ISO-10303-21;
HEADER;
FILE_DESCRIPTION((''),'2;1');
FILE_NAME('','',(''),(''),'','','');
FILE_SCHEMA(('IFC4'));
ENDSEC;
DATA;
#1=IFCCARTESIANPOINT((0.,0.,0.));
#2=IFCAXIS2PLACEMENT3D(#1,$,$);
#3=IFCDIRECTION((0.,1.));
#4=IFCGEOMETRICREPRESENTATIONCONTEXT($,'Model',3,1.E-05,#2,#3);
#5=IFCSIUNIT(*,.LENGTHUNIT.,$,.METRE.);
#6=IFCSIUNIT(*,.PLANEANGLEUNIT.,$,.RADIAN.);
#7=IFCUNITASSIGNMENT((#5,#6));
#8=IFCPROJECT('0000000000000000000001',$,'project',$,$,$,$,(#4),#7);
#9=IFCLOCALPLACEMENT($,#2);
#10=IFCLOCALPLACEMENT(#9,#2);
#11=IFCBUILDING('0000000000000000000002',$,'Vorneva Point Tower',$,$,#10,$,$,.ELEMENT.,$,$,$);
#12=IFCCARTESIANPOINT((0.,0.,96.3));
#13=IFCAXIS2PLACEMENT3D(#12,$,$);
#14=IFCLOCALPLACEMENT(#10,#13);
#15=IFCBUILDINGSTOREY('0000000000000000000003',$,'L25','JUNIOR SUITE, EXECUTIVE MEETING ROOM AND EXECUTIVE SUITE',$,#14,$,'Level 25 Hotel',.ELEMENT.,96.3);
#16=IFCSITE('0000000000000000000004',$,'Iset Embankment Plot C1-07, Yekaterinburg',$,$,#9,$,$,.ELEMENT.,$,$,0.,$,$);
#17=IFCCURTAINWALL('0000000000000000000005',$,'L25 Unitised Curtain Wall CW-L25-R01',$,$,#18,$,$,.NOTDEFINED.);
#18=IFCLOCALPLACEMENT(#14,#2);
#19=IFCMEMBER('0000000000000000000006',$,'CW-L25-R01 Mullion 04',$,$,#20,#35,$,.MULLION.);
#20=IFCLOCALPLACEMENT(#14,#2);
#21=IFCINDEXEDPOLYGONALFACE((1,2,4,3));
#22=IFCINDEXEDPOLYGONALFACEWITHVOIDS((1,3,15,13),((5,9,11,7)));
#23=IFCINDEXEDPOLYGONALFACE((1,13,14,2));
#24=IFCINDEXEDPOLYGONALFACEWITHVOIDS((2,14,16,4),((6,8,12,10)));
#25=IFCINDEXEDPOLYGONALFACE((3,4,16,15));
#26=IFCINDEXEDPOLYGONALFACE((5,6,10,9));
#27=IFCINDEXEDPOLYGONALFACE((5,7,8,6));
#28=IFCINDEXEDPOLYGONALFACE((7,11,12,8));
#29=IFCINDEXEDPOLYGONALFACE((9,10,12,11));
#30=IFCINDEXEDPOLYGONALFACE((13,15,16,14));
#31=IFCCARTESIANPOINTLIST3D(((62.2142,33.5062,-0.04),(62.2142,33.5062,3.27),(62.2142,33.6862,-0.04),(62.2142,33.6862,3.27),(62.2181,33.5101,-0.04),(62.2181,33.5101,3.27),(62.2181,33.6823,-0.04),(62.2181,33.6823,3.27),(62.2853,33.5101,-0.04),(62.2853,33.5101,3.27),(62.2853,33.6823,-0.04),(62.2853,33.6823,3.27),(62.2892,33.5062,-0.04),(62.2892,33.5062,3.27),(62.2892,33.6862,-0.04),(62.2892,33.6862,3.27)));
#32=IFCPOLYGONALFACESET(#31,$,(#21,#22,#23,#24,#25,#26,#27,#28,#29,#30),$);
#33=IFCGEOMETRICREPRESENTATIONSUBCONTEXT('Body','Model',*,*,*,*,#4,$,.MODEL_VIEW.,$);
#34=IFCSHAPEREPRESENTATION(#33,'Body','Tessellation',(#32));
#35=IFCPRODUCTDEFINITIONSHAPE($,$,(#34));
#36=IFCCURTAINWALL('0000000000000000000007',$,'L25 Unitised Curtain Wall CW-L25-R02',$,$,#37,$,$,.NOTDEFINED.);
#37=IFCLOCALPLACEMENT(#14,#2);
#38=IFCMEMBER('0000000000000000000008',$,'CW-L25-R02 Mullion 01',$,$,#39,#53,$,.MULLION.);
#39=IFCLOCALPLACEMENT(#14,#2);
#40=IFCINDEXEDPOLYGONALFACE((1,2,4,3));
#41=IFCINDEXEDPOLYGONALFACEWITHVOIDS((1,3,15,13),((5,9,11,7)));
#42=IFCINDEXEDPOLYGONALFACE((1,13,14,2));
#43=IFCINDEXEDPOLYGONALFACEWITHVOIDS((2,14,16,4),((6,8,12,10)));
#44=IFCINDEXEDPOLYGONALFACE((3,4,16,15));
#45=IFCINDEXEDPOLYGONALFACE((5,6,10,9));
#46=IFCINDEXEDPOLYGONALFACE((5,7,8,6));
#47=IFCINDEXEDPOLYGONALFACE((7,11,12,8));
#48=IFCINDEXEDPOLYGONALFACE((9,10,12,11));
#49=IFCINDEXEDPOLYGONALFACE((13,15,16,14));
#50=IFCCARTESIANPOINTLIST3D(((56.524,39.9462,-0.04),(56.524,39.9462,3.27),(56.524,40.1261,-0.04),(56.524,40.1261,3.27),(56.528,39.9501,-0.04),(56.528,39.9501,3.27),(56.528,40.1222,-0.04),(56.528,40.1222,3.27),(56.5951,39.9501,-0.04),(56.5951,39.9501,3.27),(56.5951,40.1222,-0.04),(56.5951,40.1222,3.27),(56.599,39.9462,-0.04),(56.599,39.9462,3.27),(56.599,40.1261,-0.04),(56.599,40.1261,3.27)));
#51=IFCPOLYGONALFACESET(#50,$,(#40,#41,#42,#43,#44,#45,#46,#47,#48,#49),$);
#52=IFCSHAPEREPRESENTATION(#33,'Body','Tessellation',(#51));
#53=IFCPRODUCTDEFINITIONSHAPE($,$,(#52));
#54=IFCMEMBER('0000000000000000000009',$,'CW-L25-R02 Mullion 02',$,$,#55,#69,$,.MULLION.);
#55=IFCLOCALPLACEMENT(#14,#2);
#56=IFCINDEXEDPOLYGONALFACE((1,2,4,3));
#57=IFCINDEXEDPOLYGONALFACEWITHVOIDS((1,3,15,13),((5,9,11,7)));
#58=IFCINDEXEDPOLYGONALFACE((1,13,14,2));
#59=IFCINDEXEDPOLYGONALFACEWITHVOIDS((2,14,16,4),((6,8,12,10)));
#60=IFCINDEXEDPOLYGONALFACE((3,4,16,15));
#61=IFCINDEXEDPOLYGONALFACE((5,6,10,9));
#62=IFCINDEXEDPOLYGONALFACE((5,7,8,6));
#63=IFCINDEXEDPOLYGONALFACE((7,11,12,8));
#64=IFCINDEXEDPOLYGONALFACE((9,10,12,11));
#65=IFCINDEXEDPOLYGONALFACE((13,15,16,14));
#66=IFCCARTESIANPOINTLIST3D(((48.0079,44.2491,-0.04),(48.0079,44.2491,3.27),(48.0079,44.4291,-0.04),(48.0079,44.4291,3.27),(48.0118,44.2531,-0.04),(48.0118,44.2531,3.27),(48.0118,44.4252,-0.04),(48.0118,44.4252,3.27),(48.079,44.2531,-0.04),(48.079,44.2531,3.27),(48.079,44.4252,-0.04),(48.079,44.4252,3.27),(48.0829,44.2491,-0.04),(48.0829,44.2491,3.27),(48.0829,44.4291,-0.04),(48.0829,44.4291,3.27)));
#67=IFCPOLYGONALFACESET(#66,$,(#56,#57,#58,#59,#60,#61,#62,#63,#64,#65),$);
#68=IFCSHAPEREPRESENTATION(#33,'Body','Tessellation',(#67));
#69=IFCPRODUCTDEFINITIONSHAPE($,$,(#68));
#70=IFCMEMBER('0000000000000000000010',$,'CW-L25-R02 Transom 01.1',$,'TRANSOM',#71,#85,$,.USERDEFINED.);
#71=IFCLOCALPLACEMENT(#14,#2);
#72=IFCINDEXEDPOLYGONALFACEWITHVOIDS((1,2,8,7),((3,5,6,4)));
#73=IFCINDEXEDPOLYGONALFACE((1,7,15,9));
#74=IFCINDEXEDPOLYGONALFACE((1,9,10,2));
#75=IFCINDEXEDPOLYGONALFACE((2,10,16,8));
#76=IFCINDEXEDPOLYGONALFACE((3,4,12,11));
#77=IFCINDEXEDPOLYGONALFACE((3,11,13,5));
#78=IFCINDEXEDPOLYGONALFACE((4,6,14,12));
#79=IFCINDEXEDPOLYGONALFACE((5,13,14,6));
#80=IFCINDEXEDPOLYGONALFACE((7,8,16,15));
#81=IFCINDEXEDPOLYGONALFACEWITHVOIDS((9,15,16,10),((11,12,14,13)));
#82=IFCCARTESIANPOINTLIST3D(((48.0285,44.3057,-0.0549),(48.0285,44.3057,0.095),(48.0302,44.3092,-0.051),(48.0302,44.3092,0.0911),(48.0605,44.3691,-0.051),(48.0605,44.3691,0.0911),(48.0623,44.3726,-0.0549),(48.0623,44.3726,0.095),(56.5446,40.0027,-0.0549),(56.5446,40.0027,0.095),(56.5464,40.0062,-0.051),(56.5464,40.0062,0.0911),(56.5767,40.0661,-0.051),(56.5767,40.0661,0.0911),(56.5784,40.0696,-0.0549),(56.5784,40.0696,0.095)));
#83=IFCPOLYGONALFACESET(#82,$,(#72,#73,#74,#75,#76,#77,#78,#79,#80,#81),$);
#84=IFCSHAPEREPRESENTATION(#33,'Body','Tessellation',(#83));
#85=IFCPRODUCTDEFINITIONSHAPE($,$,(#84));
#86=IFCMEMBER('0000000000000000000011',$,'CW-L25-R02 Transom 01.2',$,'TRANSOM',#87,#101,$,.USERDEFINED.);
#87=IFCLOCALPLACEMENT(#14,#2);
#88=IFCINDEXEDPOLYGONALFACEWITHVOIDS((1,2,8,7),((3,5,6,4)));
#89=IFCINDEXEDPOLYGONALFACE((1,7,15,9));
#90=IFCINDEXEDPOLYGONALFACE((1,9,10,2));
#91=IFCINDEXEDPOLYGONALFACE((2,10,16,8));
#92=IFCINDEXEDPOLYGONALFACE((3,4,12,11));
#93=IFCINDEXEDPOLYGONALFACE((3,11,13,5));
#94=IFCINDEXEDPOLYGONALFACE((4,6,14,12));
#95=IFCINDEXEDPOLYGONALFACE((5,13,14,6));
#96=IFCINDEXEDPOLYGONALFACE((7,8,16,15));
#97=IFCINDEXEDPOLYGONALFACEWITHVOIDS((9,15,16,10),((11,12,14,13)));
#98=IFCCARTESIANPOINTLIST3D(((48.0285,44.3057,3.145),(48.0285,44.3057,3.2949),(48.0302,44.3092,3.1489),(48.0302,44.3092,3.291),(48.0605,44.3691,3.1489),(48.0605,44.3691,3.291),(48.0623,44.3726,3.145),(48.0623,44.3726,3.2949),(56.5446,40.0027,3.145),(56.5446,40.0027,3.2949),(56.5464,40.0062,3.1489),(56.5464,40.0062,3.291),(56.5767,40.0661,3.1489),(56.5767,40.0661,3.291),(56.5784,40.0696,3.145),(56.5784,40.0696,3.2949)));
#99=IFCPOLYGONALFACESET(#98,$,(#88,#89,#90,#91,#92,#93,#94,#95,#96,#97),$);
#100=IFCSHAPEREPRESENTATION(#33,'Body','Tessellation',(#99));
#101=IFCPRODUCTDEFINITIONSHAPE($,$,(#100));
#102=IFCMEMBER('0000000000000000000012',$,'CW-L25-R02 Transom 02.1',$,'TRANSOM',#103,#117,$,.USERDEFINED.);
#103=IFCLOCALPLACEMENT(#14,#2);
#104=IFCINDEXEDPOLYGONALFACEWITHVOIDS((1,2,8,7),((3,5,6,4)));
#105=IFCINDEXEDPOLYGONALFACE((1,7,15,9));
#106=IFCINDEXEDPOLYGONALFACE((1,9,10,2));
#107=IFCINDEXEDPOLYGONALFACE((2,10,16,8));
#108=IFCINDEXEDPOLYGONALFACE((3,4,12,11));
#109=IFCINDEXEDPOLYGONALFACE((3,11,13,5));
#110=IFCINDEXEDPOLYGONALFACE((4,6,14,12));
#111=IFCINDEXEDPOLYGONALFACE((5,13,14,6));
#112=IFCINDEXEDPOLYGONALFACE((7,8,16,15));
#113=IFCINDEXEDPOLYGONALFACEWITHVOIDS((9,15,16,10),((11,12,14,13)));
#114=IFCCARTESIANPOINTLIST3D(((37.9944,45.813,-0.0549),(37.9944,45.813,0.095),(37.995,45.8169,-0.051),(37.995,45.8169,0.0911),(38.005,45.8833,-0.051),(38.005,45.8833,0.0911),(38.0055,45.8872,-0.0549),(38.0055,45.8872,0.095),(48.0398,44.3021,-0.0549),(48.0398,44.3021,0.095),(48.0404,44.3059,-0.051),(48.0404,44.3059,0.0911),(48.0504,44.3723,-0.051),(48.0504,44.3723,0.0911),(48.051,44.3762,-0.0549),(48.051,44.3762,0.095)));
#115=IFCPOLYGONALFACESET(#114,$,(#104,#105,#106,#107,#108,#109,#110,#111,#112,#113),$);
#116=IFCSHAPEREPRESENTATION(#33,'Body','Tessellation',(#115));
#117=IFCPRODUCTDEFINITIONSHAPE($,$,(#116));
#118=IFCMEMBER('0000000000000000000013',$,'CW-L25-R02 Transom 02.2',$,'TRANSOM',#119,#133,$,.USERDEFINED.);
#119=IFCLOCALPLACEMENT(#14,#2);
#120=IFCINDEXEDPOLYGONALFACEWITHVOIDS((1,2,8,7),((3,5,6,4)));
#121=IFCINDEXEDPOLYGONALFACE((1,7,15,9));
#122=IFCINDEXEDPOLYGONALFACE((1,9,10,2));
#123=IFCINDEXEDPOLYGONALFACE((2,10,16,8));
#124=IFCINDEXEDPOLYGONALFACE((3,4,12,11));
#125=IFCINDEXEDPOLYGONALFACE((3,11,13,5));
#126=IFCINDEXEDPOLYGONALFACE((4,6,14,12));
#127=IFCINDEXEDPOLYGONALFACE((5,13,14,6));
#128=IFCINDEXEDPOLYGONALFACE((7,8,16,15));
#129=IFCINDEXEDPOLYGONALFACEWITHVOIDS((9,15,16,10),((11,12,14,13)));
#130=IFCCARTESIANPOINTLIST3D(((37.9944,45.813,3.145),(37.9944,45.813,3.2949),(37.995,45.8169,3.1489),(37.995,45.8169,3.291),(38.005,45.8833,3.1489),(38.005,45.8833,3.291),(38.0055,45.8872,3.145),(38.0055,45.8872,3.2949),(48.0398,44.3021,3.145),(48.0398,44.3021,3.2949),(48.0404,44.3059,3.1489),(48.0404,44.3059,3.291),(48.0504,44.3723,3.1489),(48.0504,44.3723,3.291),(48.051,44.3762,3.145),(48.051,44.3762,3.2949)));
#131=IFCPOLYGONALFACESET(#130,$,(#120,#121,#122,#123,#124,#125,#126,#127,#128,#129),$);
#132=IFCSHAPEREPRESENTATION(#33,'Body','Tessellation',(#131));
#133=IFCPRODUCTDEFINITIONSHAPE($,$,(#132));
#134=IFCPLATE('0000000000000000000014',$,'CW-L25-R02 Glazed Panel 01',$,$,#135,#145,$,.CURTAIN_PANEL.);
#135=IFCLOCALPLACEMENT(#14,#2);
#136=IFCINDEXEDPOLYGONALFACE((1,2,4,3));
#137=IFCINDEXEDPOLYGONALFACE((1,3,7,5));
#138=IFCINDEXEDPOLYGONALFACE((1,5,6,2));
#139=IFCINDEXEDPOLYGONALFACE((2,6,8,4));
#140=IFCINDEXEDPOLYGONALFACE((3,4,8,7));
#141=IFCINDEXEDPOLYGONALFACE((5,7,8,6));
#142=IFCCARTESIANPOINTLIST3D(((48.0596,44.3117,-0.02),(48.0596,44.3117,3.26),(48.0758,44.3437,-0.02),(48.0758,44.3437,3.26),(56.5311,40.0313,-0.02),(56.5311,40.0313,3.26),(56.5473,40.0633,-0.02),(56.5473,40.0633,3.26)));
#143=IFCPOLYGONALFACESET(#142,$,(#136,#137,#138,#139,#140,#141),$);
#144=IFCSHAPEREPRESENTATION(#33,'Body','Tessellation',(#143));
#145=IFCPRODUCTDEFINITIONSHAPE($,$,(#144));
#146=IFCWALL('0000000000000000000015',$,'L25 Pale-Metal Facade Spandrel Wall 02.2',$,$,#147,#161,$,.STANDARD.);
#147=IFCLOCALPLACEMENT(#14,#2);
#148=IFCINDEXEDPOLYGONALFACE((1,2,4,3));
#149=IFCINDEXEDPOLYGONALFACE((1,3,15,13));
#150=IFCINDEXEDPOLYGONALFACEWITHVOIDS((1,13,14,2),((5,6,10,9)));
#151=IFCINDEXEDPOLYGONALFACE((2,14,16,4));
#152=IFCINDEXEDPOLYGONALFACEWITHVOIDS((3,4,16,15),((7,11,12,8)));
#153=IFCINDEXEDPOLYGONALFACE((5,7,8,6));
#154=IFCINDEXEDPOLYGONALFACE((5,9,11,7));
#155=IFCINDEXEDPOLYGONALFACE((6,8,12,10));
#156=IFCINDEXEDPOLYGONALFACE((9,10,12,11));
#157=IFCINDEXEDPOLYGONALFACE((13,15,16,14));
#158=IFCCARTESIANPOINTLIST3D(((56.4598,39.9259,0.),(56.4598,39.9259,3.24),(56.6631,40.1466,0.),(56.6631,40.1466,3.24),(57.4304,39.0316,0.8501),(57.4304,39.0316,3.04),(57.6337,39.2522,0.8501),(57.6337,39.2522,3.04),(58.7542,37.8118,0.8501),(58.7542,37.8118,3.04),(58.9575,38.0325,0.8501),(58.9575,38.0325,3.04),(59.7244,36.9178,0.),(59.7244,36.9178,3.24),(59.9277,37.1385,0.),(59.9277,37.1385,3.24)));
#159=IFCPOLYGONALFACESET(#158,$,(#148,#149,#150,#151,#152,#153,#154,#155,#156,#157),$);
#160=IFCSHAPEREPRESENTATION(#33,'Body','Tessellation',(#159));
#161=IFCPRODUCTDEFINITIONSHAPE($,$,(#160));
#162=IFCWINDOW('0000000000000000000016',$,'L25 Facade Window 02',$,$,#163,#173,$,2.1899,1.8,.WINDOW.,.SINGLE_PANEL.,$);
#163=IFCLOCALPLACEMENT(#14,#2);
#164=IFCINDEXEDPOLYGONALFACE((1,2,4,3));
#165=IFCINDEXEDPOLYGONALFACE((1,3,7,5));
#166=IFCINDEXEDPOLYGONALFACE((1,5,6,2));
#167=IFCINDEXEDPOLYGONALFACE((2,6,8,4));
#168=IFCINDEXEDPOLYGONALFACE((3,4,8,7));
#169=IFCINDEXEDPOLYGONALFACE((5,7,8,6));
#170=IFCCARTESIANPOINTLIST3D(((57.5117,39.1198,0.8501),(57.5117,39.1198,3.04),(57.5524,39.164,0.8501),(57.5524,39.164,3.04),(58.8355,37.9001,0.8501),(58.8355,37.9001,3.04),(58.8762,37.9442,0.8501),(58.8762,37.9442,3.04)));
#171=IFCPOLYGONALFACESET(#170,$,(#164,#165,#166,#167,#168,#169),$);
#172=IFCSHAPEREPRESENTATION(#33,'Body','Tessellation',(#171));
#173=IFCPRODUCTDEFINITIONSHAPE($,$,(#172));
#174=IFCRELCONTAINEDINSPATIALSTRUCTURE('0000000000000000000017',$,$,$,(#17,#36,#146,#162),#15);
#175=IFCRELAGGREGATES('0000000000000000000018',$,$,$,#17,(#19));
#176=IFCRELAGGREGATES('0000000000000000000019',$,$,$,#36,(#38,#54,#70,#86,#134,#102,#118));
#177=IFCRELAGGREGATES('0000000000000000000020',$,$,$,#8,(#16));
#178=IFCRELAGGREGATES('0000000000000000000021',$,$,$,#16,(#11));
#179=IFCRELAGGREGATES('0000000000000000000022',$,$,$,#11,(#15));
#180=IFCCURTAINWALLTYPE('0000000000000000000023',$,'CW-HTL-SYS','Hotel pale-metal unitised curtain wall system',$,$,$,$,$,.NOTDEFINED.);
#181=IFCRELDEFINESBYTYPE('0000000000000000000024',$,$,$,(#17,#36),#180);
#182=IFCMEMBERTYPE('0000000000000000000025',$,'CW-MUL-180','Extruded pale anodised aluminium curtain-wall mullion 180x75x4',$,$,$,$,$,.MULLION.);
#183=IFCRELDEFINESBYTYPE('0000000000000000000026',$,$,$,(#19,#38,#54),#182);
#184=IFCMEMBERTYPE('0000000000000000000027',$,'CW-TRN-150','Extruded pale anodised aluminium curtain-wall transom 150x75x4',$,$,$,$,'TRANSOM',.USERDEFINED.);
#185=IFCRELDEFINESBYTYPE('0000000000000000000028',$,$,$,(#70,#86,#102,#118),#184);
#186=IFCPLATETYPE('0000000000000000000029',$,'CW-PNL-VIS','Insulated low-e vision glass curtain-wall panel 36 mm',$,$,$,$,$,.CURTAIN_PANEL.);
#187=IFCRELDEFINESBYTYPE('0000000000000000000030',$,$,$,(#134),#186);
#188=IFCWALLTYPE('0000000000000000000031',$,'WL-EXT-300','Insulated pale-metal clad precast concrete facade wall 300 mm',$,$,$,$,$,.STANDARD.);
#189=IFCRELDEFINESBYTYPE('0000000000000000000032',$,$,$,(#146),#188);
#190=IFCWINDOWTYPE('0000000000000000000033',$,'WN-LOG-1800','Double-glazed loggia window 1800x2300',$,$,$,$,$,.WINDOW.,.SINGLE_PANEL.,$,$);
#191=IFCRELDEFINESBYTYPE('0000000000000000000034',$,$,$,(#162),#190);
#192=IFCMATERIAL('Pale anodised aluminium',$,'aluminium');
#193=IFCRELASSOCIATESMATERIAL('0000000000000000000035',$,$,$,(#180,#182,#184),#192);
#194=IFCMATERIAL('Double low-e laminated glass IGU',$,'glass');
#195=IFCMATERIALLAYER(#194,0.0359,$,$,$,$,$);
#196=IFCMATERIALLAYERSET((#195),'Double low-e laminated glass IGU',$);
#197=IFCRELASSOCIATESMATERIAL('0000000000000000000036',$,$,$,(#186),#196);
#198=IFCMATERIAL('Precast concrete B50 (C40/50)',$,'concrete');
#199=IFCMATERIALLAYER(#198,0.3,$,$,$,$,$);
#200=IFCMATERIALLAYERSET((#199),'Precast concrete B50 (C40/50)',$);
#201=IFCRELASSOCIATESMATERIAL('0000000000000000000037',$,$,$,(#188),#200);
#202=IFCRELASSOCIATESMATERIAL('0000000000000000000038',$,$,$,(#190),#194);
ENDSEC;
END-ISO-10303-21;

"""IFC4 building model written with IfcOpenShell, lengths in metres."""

from ifc_helpers import new_model, si_unit, direction, frame, frame_2d, origin, origin_2d, place, context, subcontext, project, spatial, rectangle, hollow_rectangle, extrude, material, layer, layer_set, material_profile, profile_set, type_object, element, fill, aggregate, save


model = new_model("IFC4")

# Units and contexts
model_context = context("Model", 3, precision=1e-05, world=origin(), true_north=direction((0.0, 1.0)))
body_context = subcontext(model_context, "Body", "Model", "MODEL_VIEW")
ifc_project = project(units=[si_unit("LENGTHUNIT", "METRE"), si_unit("PLANEANGLEUNIT", "RADIAN")], contexts=[model_context])

# Site, building, storey
site_placement = place(None, origin())
site = spatial("IfcSite", under=ifc_project, at=site_placement, Name="Iset Embankment Plot C1-07, Yekaterinburg", CompositionType="ELEMENT", RefElevation=0.0)
building_placement = place(site_placement, origin())
building = spatial("IfcBuilding", under=site, at=building_placement, Name="Vorneva Point Tower", CompositionType="ELEMENT")
storey_placement = place(building_placement, frame((0.0, 0.0, 96.3)))
storey = spatial("IfcBuildingStorey", under=building, at=storey_placement, Name="L25", Description="JUNIOR SUITE, EXECUTIVE MEETING ROOM AND EXECUTIVE SUITE", LongName="Level 25 Hotel", CompositionType="ELEMENT", Elevation=96.3)

# Curtain wall, member
ifc_material_1 = material(Name="Pale anodised aluminium", Category="aluminium")
curtain_wall_type = type_object("IfcCurtainWallType", Name="CW-HTL-SYS", Description="Hotel pale-metal unitised curtain wall system", PredefinedType="NOTDEFINED", material=ifc_material_1)
curtain_wall_1_placement = place(storey_placement, origin())
curtain_wall_1 = element("IfcCurtainWall", 1, at=curtain_wall_1_placement, inside=storey, type_object=curtain_wall_type, Name="L25 Unitised Curtain Wall CW-L25-R01", PredefinedType="NOTDEFINED")
ifc_material_profile_1 = material_profile(ifc_material_1, hollow_rectangle(XDim=0.075, YDim=0.1799, WallThickness=0.0039, at=origin_2d()), Name="AL-MUL 180x75x4")
ifc_profile_set_1 = profile_set([ifc_material_profile_1], Name="Pale anodised aluminium")
member_type_1 = type_object("IfcMemberType", Name="CW-MUL-180", Description="Extruded pale anodised aluminium curtain-wall mullion 180x75x4", PredefinedType="MULLION", material=ifc_profile_set_1)
member_1_placement = place(storey_placement, frame((62.2517, 33.5962, -0.04), z_axis=(0.0, 0.0, 1.0), x_axis=(1.0, 0.0, 0.0)))
member_1 = element("IfcMember", 2, at=member_1_placement, type_object=member_type_1, Name="CW-L25-R01 Mullion 04", PredefinedType="MULLION", context=body_context, shape_type="SweptSolid", body=[
    extrude(hollow_rectangle(XDim=0.075, YDim=0.1799, WallThickness=0.0039, at=origin_2d()), origin(), (0.0, 0.0, 1.0), 3.3101),
])
aggregate(curtain_wall_1, [member_1])

# Curtain wall, members, plate
curtain_wall_2_placement = place(storey_placement, origin())
curtain_wall_2 = element("IfcCurtainWall", 3, at=curtain_wall_2_placement, inside=storey, type_object=curtain_wall_type, Name="L25 Unitised Curtain Wall CW-L25-R02", PredefinedType="NOTDEFINED")
member_2_placement = place(storey_placement, frame((56.5615, 40.0361, -0.04), z_axis=(0.0, 0.0, 1.0), x_axis=(1.0, 0.0, 0.0)))
member_2 = element("IfcMember", 4, at=member_2_placement, type_object=member_type_1, Name="CW-L25-R02 Mullion 01", PredefinedType="MULLION", context=body_context, shape_type="SweptSolid", body=[
    extrude(hollow_rectangle(XDim=0.075, YDim=0.1799, WallThickness=0.0039, at=origin_2d()), origin(), (0.0, 0.0, 1.0), 3.3101),
])
member_3_placement = place(storey_placement, frame((48.0454, 44.3391, -0.04), z_axis=(0.0, 0.0, 1.0), x_axis=(1.0, 0.0, 0.0)))
member_3 = element("IfcMember", 5, at=member_3_placement, type_object=member_type_1, Name="CW-L25-R02 Mullion 02", PredefinedType="MULLION", context=body_context, shape_type="SweptSolid", body=[
    extrude(hollow_rectangle(XDim=0.075, YDim=0.1799, WallThickness=0.0039, at=origin_2d()), origin(), (0.0, 0.0, 1.0), 3.3101),
])
ifc_material_profile_2 = material_profile(ifc_material_1, hollow_rectangle(XDim=0.075, YDim=0.1499, WallThickness=0.0039, at=origin_2d()), Name="AL-TRN 150x75x4")
ifc_profile_set_2 = profile_set([ifc_material_profile_2], Name="Pale anodised aluminium")
member_type_2 = type_object("IfcMemberType", Name="CW-TRN-150", Description="Extruded pale anodised aluminium curtain-wall transom 150x75x4", ElementType="TRANSOM", PredefinedType="USERDEFINED", material=ifc_profile_set_2)
member_4_placement = place(storey_placement, frame((56.5615, 40.0361, 0.02), z_axis=(-0.892536, 0.450976, 0.0), x_axis=(-0.450976, -0.892536, 0.0)))
member_4 = element("IfcMember", 6, at=member_4_placement, type_object=member_type_2, Name="CW-L25-R02 Transom 01.1", ObjectType="TRANSOM", PredefinedType="USERDEFINED", context=body_context, shape_type="SweptSolid", body=[
    extrude(hollow_rectangle(XDim=0.075, YDim=0.1499, WallThickness=0.0039, at=origin_2d()), origin(), (0.0, 0.0, 1.0), 9.5415),
])
member_5_placement = place(storey_placement, frame((56.5615, 40.0361, 3.22), z_axis=(-0.892536, 0.450976, 0.0), x_axis=(-0.450976, -0.892536, 0.0)))
member_5 = element("IfcMember", 7, at=member_5_placement, type_object=member_type_2, Name="CW-L25-R02 Transom 01.2", ObjectType="TRANSOM", PredefinedType="USERDEFINED", context=body_context, shape_type="SweptSolid", body=[
    extrude(hollow_rectangle(XDim=0.075, YDim=0.1499, WallThickness=0.0039, at=origin_2d()), origin(), (0.0, 0.0, 1.0), 9.5415),
])
member_6_placement = place(storey_placement, frame((48.0454, 44.3391, 0.02), z_axis=(-0.988876, 0.148742, 0.0), x_axis=(-0.148742, -0.988876, 0.0)))
member_6 = element("IfcMember", 8, at=member_6_placement, type_object=member_type_2, Name="CW-L25-R02 Transom 02.1", ObjectType="TRANSOM", PredefinedType="USERDEFINED", context=body_context, shape_type="SweptSolid", body=[
    extrude(hollow_rectangle(XDim=0.075, YDim=0.1499, WallThickness=0.0039, at=origin_2d()), origin(), (0.0, 0.0, 1.0), 10.1584),
])
member_7_placement = place(storey_placement, frame((48.0454, 44.3391, 3.22), z_axis=(-0.988876, 0.148742, 0.0), x_axis=(-0.148742, -0.988876, 0.0)))
member_7 = element("IfcMember", 9, at=member_7_placement, type_object=member_type_2, Name="CW-L25-R02 Transom 02.2", ObjectType="TRANSOM", PredefinedType="USERDEFINED", context=body_context, shape_type="SweptSolid", body=[
    extrude(hollow_rectangle(XDim=0.075, YDim=0.1499, WallThickness=0.0039, at=origin_2d()), origin(), (0.0, 0.0, 1.0), 10.1584),
])
ifc_material_2 = material(Name="Double low-e laminated glass IGU", Category="glass")
ifc_layer_1 = layer(ifc_material_2, 0.0359)
ifc_layer_set_1 = layer_set([ifc_layer_1], Name="Double low-e laminated glass IGU")
plate_type = type_object("IfcPlateType", Name="CW-PNL-VIS", Description="Insulated low-e vision glass curtain-wall panel 36 mm", PredefinedType="CURTAIN_PANEL", material=ifc_layer_set_1)
plate_placement = place(storey_placement, frame((52.3035, 42.1875, -0.02), z_axis=(0.0, 0.0, 1.0), x_axis=(-0.892539, 0.450971, 0.0)))
plate = element("IfcPlate", 10, at=plate_placement, type_object=plate_type, Name="CW-L25-R02 Glazed Panel 01", PredefinedType="CURTAIN_PANEL", context=body_context, shape_type="SweptSolid", body=[
    extrude(rectangle(XDim=9.4915, YDim=0.0359, at=origin_2d()), origin(), (0.0, 0.0, 1.0), 3.28),
])
aggregate(curtain_wall_2, [member_2, member_3, member_4, member_5, plate, member_6, member_7])

# Wall, opening, window
ifc_material_3 = material(Name="Precast concrete B50 (C40/50)", Category="concrete")
ifc_layer_2 = layer(ifc_material_3, 0.3)
ifc_layer_set_2 = layer_set([ifc_layer_2], Name="Precast concrete B50 (C40/50)")
wall_type_1 = type_object("IfcWallType", Name="WL-EXT-300", Description="Insulated pale-metal clad precast concrete facade wall 300 mm", PredefinedType="STANDARD", material=ifc_layer_set_2)
wall_1_placement = place(storey_placement, frame((59.8262, 37.0281, 0.0), z_axis=(0.0, 0.0, 1.0), x_axis=(-0.735417, 0.677615, 0.0)))
wall_1 = element("IfcWall", 11, at=wall_1_placement, inside=storey, type_object=wall_type_1, Name="L25 Pale-Metal Facade Spandrel Wall 02.2", PredefinedType="STANDARD", context=body_context, shape_type="SweptSolid", body=[
    extrude(rectangle(XDim=4.4392, YDim=0.3, at=frame_2d((2.2197, 0.0))), origin(), (0.0, 0.0, 1.0), 3.24),
])
opening_1_placement = place(wall_1_placement, frame((1.3196, 0.0, 0.8501)))
opening_1 = element("IfcOpeningElement", 12, at=opening_1_placement, cuts=wall_1, PredefinedType="OPENING", context=body_context, shape_type="SweptSolid", body=[
    extrude(rectangle(XDim=1.8, YDim=2.1899, at=frame_2d((0.8999, 1.095))), frame((0.0, 0.165, 0.0), z_axis=(0.0, -1.0, 0.0), x_axis=(1.0, 0.0, 0.0)), (0.0, 0.0, 1.0), 0.3298),
])
window_type = type_object("IfcWindowType", Name="WN-LOG-1800", Description="Double-glazed loggia window 1800x2300", PartitioningType="SINGLE_PANEL", PredefinedType="WINDOW", material=ifc_material_2)
window_placement = place(opening_1_placement, origin())
window = element("IfcWindow", 13, at=window_placement, inside=storey, type_object=window_type, Name="L25 Facade Window 02", OverallHeight=2.1899, OverallWidth=1.8, PartitioningType="SINGLE_PANEL", PredefinedType="WINDOW", context=body_context, shape_type="SweptSolid", body=[
    extrude(rectangle(XDim=1.8, YDim=2.1899, at=frame_2d((0.8999, 1.095))), frame((0.0, 0.03, 0.0), z_axis=(0.0, -1.0, 0.0), x_axis=(1.0, 0.0, 0.0)), (0.0, 0.0, 1.0), 0.0601),
])
fill(opening_1, window)

save(model, "model.ifc")
